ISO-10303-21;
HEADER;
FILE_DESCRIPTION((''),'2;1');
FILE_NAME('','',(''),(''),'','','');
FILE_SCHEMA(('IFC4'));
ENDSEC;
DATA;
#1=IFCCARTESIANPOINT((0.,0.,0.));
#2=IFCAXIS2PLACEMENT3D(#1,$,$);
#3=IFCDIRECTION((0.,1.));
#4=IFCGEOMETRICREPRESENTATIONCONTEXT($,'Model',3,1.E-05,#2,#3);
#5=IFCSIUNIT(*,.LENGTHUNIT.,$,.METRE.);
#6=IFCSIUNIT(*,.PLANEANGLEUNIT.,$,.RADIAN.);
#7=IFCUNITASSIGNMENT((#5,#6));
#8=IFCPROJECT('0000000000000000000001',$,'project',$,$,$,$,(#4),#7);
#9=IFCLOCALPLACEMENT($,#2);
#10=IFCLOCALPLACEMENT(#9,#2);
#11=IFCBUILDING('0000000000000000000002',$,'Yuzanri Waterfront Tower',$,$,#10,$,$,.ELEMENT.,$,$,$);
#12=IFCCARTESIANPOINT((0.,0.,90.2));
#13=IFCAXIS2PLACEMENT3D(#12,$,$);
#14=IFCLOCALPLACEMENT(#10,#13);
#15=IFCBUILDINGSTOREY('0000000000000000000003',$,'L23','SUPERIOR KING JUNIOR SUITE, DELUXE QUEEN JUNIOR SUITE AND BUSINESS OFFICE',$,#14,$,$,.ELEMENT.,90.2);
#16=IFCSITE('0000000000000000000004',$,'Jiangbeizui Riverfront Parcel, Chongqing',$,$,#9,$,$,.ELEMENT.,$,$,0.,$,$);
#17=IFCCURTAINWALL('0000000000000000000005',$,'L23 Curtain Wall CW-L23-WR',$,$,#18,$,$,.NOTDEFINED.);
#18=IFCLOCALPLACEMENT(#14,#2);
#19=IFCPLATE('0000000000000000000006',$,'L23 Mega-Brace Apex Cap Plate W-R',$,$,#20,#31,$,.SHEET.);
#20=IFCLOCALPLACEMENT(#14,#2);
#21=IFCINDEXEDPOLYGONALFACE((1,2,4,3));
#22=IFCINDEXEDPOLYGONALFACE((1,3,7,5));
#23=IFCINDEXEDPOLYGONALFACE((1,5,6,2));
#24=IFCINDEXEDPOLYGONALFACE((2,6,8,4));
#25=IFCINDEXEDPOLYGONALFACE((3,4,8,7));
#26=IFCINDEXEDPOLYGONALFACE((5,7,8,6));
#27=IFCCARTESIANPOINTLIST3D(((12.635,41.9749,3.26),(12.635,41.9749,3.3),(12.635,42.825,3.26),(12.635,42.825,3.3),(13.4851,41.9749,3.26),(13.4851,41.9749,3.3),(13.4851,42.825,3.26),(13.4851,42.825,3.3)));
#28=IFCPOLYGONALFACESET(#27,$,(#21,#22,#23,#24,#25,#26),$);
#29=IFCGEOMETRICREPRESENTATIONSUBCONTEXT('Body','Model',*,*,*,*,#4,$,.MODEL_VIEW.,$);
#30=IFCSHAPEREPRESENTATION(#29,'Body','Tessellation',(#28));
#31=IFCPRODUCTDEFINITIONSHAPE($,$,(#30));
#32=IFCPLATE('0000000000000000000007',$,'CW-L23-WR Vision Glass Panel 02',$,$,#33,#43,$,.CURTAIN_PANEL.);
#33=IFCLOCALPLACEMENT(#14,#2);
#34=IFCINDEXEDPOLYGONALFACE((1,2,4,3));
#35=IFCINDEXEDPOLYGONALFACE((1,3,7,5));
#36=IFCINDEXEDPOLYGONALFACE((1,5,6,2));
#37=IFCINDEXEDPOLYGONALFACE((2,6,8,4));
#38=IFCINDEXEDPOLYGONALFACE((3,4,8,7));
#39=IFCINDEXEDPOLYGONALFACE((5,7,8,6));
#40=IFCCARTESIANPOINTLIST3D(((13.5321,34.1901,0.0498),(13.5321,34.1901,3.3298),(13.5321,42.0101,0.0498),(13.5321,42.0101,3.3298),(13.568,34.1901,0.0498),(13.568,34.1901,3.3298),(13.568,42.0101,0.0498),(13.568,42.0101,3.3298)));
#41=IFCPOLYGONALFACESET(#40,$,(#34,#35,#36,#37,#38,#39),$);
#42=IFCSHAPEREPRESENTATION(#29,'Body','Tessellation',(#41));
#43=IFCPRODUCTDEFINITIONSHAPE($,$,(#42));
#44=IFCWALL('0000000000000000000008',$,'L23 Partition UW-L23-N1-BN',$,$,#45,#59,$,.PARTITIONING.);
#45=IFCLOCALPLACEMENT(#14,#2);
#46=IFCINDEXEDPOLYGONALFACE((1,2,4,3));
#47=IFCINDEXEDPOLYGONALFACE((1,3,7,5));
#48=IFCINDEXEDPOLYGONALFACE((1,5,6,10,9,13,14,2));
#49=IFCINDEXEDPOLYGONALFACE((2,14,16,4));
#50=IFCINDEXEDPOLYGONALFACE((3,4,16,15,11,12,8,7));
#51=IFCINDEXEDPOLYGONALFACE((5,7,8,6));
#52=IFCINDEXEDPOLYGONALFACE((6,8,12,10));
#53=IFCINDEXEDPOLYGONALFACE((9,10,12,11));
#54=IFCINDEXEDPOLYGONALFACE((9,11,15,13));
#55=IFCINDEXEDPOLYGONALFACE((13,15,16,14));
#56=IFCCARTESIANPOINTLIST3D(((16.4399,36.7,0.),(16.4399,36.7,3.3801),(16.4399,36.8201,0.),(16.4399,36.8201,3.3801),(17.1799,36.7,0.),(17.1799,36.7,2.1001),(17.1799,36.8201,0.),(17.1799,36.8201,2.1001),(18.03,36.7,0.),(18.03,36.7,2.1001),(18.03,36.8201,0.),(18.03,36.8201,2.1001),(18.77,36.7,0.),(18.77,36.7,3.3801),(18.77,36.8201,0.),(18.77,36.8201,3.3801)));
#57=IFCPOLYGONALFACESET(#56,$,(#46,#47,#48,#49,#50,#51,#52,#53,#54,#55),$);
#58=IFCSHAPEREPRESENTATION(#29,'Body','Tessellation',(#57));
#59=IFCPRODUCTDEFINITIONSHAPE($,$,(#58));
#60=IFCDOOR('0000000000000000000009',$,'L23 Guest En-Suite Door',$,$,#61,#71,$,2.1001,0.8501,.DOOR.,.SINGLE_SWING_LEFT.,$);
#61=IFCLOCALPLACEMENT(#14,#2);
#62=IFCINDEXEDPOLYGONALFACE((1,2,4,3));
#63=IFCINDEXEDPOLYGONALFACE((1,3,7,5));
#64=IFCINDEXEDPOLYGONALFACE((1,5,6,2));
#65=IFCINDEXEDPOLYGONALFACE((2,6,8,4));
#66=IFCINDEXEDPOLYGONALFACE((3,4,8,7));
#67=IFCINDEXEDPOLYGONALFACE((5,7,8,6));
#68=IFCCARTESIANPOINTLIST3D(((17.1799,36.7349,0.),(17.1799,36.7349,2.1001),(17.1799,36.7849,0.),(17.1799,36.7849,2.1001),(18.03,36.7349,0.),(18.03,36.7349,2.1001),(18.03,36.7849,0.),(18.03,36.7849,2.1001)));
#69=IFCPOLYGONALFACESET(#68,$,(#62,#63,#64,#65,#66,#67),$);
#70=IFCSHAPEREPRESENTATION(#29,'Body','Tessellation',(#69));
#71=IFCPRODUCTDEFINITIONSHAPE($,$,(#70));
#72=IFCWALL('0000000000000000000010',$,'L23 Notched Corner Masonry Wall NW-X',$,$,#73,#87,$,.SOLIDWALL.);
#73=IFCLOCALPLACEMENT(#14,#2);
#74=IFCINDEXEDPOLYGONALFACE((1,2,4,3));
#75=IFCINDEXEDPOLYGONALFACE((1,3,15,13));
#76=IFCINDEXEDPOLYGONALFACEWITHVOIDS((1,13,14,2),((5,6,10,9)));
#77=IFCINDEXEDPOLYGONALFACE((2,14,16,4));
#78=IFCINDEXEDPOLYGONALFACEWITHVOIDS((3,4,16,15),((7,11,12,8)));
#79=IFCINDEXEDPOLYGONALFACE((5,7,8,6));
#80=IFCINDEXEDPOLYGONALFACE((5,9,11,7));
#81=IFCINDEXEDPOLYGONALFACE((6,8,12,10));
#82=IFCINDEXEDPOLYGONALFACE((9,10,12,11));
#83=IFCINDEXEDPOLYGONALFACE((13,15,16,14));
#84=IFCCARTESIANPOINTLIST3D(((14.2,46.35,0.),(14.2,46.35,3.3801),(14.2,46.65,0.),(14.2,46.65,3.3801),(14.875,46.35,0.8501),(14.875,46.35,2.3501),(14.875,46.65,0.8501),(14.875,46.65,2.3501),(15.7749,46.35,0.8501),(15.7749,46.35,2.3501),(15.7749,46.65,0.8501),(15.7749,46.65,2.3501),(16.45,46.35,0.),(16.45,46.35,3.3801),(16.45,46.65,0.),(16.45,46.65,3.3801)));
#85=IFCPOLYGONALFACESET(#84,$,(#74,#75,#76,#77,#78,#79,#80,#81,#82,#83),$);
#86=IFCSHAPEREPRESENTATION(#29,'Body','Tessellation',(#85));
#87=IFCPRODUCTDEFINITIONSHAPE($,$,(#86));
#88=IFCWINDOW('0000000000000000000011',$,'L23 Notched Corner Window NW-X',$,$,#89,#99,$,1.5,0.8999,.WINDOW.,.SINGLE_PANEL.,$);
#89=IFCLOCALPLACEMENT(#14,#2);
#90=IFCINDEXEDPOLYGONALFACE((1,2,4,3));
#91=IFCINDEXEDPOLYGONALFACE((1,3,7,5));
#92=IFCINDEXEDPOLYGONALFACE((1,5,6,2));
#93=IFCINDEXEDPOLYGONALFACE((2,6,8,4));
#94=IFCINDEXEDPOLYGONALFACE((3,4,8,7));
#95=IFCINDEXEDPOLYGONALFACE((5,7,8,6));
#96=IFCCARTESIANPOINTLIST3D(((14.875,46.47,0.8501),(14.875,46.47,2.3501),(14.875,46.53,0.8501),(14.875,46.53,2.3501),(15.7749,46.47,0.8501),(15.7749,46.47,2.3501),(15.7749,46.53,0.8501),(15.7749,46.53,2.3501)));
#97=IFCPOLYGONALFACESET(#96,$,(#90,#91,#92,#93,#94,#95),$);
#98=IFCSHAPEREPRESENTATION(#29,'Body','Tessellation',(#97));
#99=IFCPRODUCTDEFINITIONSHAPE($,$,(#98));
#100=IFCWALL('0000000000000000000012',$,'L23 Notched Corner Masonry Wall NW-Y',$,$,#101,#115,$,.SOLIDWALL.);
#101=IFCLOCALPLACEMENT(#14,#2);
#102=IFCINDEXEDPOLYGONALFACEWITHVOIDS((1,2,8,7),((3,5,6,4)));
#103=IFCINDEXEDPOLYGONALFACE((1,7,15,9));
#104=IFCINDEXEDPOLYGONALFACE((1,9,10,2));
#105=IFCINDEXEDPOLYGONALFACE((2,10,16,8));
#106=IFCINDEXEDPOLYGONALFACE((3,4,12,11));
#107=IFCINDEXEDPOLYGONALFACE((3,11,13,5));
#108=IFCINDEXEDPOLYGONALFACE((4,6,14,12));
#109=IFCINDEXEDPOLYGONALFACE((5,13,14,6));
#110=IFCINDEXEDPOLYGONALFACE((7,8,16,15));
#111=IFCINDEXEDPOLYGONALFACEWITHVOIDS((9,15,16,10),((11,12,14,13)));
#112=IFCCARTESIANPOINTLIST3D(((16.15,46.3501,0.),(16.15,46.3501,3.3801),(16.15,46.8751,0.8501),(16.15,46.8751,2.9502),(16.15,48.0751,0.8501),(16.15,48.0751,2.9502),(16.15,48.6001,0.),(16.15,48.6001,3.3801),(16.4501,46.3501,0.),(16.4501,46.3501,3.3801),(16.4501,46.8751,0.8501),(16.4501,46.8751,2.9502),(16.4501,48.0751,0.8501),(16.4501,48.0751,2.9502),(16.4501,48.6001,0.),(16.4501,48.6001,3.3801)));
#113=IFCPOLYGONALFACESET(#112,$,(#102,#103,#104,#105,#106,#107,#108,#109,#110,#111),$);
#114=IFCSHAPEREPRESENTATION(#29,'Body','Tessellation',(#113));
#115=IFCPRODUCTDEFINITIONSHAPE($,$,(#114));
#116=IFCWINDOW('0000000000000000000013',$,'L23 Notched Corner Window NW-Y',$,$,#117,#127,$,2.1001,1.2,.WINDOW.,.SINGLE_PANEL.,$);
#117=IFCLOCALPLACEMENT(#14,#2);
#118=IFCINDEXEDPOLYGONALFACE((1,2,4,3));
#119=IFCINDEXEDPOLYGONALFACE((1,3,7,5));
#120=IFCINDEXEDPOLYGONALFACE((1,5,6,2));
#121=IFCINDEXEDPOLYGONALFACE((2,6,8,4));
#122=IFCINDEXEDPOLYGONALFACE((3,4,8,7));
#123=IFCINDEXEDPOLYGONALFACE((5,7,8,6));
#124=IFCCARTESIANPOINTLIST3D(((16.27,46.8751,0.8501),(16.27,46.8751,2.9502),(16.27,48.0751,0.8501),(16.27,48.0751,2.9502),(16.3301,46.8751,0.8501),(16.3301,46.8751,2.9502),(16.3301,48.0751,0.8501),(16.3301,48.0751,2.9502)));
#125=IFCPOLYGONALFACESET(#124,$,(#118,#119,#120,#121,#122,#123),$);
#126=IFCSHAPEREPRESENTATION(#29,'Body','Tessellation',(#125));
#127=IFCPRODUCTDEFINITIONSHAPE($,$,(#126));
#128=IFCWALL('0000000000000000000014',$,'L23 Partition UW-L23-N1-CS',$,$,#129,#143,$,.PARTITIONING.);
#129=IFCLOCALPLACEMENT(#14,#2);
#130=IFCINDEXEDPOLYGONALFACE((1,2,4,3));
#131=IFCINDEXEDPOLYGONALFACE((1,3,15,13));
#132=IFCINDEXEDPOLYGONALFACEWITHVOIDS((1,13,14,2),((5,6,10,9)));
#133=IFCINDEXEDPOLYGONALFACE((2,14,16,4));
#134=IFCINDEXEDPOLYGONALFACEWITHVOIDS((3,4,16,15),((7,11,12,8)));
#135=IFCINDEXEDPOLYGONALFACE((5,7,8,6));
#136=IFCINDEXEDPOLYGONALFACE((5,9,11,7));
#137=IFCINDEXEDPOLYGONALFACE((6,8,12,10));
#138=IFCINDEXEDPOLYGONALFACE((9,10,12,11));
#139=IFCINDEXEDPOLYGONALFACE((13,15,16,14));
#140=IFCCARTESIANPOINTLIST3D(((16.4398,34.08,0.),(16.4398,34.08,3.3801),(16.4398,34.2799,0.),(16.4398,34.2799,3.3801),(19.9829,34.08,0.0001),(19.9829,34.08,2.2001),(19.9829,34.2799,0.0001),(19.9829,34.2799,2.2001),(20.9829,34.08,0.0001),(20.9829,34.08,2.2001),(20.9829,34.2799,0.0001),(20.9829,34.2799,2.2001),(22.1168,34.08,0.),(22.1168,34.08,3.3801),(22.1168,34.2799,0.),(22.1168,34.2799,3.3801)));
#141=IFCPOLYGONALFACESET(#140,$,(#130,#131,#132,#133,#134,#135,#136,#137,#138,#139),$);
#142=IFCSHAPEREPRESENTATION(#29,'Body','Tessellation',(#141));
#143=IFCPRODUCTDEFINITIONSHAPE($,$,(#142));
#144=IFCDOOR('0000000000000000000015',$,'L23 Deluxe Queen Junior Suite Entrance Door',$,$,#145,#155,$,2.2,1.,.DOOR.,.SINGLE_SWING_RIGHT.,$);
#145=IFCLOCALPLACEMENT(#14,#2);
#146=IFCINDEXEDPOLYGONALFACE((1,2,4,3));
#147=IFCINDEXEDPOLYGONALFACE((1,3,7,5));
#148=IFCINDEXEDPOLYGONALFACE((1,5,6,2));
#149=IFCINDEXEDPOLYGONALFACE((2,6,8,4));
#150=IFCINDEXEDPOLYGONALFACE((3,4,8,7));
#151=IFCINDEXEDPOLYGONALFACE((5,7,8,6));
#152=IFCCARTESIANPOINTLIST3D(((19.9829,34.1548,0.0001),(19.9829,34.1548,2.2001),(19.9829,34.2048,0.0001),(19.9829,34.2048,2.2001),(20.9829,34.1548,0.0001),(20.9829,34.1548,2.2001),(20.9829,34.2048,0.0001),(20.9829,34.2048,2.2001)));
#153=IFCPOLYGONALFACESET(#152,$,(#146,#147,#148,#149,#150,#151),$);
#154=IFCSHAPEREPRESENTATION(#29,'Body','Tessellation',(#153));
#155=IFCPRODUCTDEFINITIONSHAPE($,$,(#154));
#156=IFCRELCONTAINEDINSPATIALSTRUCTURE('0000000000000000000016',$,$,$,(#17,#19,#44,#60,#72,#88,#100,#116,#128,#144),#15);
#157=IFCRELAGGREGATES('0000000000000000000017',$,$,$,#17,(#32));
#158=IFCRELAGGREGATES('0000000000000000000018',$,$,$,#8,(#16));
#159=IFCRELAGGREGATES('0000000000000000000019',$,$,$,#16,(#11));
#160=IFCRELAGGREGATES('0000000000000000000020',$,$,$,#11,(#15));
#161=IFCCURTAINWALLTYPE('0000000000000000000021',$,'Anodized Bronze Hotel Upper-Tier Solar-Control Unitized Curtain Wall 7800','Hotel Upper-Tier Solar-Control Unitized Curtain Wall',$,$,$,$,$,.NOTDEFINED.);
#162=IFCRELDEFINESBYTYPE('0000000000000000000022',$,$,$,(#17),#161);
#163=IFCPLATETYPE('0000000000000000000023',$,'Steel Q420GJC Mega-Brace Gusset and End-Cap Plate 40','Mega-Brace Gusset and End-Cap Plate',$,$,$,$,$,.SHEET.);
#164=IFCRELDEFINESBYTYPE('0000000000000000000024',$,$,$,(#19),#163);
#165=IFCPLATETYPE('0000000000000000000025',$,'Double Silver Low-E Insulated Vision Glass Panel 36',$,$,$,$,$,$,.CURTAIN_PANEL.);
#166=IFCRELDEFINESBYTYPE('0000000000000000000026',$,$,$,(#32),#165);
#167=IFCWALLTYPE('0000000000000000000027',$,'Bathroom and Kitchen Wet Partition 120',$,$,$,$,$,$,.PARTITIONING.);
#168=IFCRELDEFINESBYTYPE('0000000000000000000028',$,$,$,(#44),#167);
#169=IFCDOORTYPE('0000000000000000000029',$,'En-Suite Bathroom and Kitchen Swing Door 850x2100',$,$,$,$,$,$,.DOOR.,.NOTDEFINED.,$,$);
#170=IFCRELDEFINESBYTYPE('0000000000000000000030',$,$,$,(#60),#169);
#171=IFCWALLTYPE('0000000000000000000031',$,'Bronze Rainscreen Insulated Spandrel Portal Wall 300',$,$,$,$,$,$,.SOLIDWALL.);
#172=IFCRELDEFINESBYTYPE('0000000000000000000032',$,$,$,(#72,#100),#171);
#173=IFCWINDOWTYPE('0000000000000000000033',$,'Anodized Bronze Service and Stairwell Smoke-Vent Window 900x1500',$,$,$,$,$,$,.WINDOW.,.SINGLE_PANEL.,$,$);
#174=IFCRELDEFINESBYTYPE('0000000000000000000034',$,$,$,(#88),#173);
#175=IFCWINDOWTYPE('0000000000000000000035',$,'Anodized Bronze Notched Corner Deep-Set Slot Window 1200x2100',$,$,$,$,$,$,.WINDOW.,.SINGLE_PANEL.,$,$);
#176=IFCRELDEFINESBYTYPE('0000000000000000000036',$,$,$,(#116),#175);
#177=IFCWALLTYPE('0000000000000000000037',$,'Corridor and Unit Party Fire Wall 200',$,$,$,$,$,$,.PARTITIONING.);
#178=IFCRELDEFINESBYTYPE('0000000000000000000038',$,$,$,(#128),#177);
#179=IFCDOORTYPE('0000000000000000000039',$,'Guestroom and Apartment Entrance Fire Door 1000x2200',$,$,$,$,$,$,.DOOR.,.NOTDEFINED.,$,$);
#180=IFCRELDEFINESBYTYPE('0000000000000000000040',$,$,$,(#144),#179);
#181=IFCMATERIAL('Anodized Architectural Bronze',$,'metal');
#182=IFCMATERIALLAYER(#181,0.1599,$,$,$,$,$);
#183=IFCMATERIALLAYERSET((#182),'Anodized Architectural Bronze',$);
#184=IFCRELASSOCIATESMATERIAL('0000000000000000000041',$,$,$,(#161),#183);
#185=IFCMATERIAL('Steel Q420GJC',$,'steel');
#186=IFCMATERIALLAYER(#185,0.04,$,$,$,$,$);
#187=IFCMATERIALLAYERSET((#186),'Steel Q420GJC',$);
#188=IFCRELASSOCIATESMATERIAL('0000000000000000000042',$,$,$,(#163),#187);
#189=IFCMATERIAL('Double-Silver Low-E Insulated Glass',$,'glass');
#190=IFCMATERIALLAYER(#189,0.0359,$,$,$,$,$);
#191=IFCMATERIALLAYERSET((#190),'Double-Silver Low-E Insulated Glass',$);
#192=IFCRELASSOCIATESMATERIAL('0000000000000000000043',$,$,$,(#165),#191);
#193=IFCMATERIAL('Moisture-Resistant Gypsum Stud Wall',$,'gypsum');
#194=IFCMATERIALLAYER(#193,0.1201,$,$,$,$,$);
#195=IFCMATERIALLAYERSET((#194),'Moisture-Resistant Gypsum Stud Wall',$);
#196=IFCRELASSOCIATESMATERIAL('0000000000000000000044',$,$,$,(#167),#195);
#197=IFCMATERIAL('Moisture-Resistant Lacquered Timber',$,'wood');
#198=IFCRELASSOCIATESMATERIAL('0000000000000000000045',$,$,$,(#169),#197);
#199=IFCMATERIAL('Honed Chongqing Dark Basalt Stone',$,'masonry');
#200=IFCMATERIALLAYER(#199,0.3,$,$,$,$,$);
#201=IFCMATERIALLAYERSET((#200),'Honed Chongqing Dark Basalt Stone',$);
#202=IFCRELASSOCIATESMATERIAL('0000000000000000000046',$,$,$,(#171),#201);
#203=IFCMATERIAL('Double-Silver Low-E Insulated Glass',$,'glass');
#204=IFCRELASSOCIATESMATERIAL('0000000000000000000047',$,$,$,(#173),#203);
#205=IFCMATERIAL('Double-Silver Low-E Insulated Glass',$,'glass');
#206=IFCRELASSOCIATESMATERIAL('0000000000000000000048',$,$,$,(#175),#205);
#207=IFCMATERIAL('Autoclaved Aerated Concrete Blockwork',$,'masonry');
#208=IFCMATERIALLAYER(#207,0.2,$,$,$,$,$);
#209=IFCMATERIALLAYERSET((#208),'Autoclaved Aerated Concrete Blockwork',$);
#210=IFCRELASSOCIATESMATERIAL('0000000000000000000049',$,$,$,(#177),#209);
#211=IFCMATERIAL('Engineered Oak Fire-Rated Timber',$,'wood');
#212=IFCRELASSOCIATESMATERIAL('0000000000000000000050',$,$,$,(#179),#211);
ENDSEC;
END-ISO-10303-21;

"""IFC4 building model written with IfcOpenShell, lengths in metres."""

from ifc_helpers import new_model, si_unit, direction, frame, frame_2d, origin, origin_2d, place, context, subcontext, project, spatial, rectangle, extrude, source, transform, mapped, material, layer, layer_set, type_object, element, fill, aggregate, save


model = new_model("IFC4")

# Units and contexts
model_context = context("Model", 3, precision=1e-05, world=origin(), true_north=direction((0.0, 1.0)))
body_context = subcontext(model_context, "Body", "Model", "MODEL_VIEW")
ifc_project = project(units=[si_unit("LENGTHUNIT", "METRE"), si_unit("PLANEANGLEUNIT", "RADIAN")], contexts=[model_context])

# Site, building, storey
site_placement = place(None, origin())
site = spatial("IfcSite", under=ifc_project, at=site_placement, Name="Jiangbeizui Riverfront Parcel, Chongqing", CompositionType="ELEMENT", RefElevation=0.0)
building_placement = place(site_placement, origin())
building = spatial("IfcBuilding", under=site, at=building_placement, Name="Yuzanri Waterfront Tower", CompositionType="ELEMENT")
storey_placement = place(building_placement, frame((0.0, 0.0, 90.2)))
storey = spatial("IfcBuildingStorey", under=building, at=storey_placement, Name="L23", Description="SUPERIOR KING JUNIOR SUITE, DELUXE QUEEN JUNIOR SUITE AND BUSINESS OFFICE", CompositionType="ELEMENT", Elevation=90.2)

# Curtain wall
ifc_material_1 = material(Name="Anodized Architectural Bronze", Category="metal")
ifc_layer_1 = layer(ifc_material_1, 0.1599)
ifc_layer_set_1 = layer_set([ifc_layer_1], Name="Anodized Architectural Bronze")
curtain_wall_type = type_object("IfcCurtainWallType", Name="Anodized Bronze Hotel Upper-Tier Solar-Control Unitized Curtain Wall 7800", Description="Hotel Upper-Tier Solar-Control Unitized Curtain Wall", PredefinedType="NOTDEFINED", material=ifc_layer_set_1)
curtain_wall_1_placement = place(storey_placement, origin())
curtain_wall_1 = element("IfcCurtainWall", 1, at=curtain_wall_1_placement, inside=storey, type_object=curtain_wall_type, Name="L23 Curtain Wall CW-L23-WR", PredefinedType="NOTDEFINED")

# Plate
ifc_material_2 = material(Name="Steel Q420GJC", Category="steel")
ifc_layer_2 = layer(ifc_material_2, 0.04)
ifc_layer_set_2 = layer_set([ifc_layer_2], Name="Steel Q420GJC")
plate_type_1 = type_object("IfcPlateType", Name="Steel Q420GJC Mega-Brace Gusset and End-Cap Plate 40", Description="Mega-Brace Gusset and End-Cap Plate", PredefinedType="SHEET", material=ifc_layer_set_2)
shared_shape_1 = source(origin(), body_context, "Body", "SweptSolid", [
    extrude(rectangle(XDim=0.8501, YDim=0.8501, at=origin_2d()), origin(), (0.0, 0.0, 1.0), 0.04),
])
for number, where, z_axis, x_axis, name in (
    (2, (13.0601, 42.3999, 3.26), (0.0, 0.0, 1.0), (1.0, 0.0, 0.0), "L23 Mega-Brace Apex Cap Plate W-R"),
):
    element("IfcPlate", number, at=place(storey_placement, frame(where, z_axis=z_axis, x_axis=x_axis)), inside=storey, type_object=plate_type_1, Name=name, PredefinedType="SHEET", context=body_context, shape_type="MappedRepresentation", body=[
        mapped(shared_shape_1, transform((0.0, 0.0, 0.0), scale=1.0)),
    ])

# Plate
ifc_material_3 = material(Name="Double-Silver Low-E Insulated Glass", Category="glass")
ifc_layer_3 = layer(ifc_material_3, 0.0359)
ifc_layer_set_3 = layer_set([ifc_layer_3], Name="Double-Silver Low-E Insulated Glass")
plate_type_2 = type_object("IfcPlateType", Name="Double Silver Low-E Insulated Vision Glass Panel 36", PredefinedType="CURTAIN_PANEL", material=ifc_layer_set_3)
shared_shape_2 = source(origin(), body_context, "Body", "SweptSolid", [
    extrude(rectangle(XDim=7.8201, YDim=0.0359, at=origin_2d()), origin(), (0.0, 0.0, 1.0), 3.28),
])
plate_placement = place(storey_placement, frame((13.55, 38.1001, 0.0498), z_axis=(0.0, 0.0, 1.0), x_axis=(0.0, 1.0, 0.0)))
plate = element("IfcPlate", 3, at=plate_placement, type_object=plate_type_2, Name="CW-L23-WR Vision Glass Panel 02", PredefinedType="CURTAIN_PANEL", context=body_context, shape_type="MappedRepresentation", body=[
    mapped(shared_shape_2, transform((0.0, 0.0, 0.0), scale=1.0)),
])
aggregate(curtain_wall_1, [plate])

# Wall, opening, door
ifc_material_4 = material(Name="Moisture-Resistant Gypsum Stud Wall", Category="gypsum")
ifc_layer_4 = layer(ifc_material_4, 0.1201)
ifc_layer_set_4 = layer_set([ifc_layer_4], Name="Moisture-Resistant Gypsum Stud Wall")
wall_type_1 = type_object("IfcWallType", Name="Bathroom and Kitchen Wet Partition 120", PredefinedType="PARTITIONING", material=ifc_layer_set_4)
wall_1_placement = place(storey_placement, frame((16.4399, 36.76, 0.0), z_axis=(0.0, 0.0, 1.0), x_axis=(1.0, 0.0, 0.0)))
wall_1 = element("IfcWall", 4, at=wall_1_placement, inside=storey, type_object=wall_type_1, Name="L23 Partition UW-L23-N1-BN", PredefinedType="PARTITIONING", context=body_context, shape_type="SweptSolid", body=[
    extrude(rectangle(XDim=2.3301, YDim=0.1201, at=frame_2d((1.165, 0.0))), origin(), (0.0, 0.0, 1.0), 3.3801),
])
opening_1_placement = place(wall_1_placement, frame((0.74, 0.0, 0.0)))
opening_1 = element("IfcOpeningElement", 5, at=opening_1_placement, cuts=wall_1, PredefinedType="OPENING", context=body_context, shape_type="SweptSolid", body=[
    extrude(rectangle(XDim=0.8501, YDim=2.1001, at=frame_2d((0.425, 1.05))), frame((0.0, 0.075, 0.0), z_axis=(0.0, -1.0, 0.0), x_axis=(1.0, 0.0, 0.0)), (0.0, 0.0, 1.0), 0.1499),
])
ifc_material_5 = material(Name="Moisture-Resistant Lacquered Timber", Category="wood")
door_type_1 = type_object("IfcDoorType", Name="En-Suite Bathroom and Kitchen Swing Door 850x2100", OperationType="NOTDEFINED", PredefinedType="DOOR", material=ifc_material_5)
shared_shape_3 = source(origin(), body_context, "Body", "SweptSolid", [
    extrude(rectangle(XDim=0.8501, YDim=2.1001, at=frame_2d((0.425, 1.05))), frame((0.0, 0.0249, 0.0), z_axis=(0.0, -1.0, 0.0), x_axis=(1.0, 0.0, 0.0)), (0.0, 0.0, 1.0), 0.05),
])
door_1_placement = place(opening_1_placement, origin())
door_1 = element("IfcDoor", 6, at=door_1_placement, inside=storey, type_object=door_type_1, Name="L23 Guest En-Suite Door", OperationType="SINGLE_SWING_LEFT", OverallHeight=2.1001, OverallWidth=0.8501, PredefinedType="DOOR", context=body_context, shape_type="MappedRepresentation", body=[
    mapped(shared_shape_3, transform((0.0, 0.0, 0.0), scale=1.0)),
])
fill(opening_1, door_1)

# Walls, openings, windows
ifc_material_6 = material(Name="Honed Chongqing Dark Basalt Stone", Category="masonry")
ifc_layer_5 = layer(ifc_material_6, 0.3)
ifc_layer_set_5 = layer_set([ifc_layer_5], Name="Honed Chongqing Dark Basalt Stone")
wall_type_2 = type_object("IfcWallType", Name="Bronze Rainscreen Insulated Spandrel Portal Wall 300", PredefinedType="SOLIDWALL", material=ifc_layer_set_5)
wall_2_placement = place(storey_placement, frame((16.45, 46.5, 0.0), z_axis=(0.0, 0.0, 1.0), x_axis=(-1.0, 0.0, 0.0)))
wall_2 = element("IfcWall", 7, at=wall_2_placement, inside=storey, type_object=wall_type_2, Name="L23 Notched Corner Masonry Wall NW-X", PredefinedType="SOLIDWALL", context=body_context, shape_type="SweptSolid", body=[
    extrude(rectangle(XDim=2.25, YDim=0.3, at=frame_2d((1.125, 0.0))), origin(), (0.0, 0.0, 1.0), 3.3801),
])
opening_2_placement = place(wall_2_placement, frame((0.675, 0.0, 0.8501)))
opening_2 = element("IfcOpeningElement", 8, at=opening_2_placement, cuts=wall_2, PredefinedType="OPENING", context=body_context, shape_type="SweptSolid", body=[
    extrude(rectangle(XDim=0.8999, YDim=1.5, at=frame_2d((0.45, 0.75))), frame((0.0, 0.165, 0.0), z_axis=(0.0, -1.0, 0.0), x_axis=(1.0, 0.0, 0.0)), (0.0, 0.0, 1.0), 0.3298),
])
ifc_material_7 = material(Name="Double-Silver Low-E Insulated Glass", Category="glass")
window_type_1 = type_object("IfcWindowType", Name="Anodized Bronze Service and Stairwell Smoke-Vent Window 900x1500", PartitioningType="SINGLE_PANEL", PredefinedType="WINDOW", material=ifc_material_7)
shared_shape_4 = source(origin(), body_context, "Body", "SweptSolid", [
    extrude(rectangle(XDim=0.8999, YDim=1.5, at=frame_2d((0.45, 0.75))), frame((0.0, 0.03, 0.0), z_axis=(0.0, -1.0, 0.0), x_axis=(1.0, 0.0, 0.0)), (0.0, 0.0, 1.0), 0.0601),
])
window_1_placement = place(opening_2_placement, origin())
window_1 = element("IfcWindow", 9, at=window_1_placement, inside=storey, type_object=window_type_1, Name="L23 Notched Corner Window NW-X", OverallHeight=1.5, OverallWidth=0.8999, PartitioningType="SINGLE_PANEL", PredefinedType="WINDOW", context=body_context, shape_type="MappedRepresentation", body=[
    mapped(shared_shape_4, transform((0.0, 0.0, 0.0), scale=1.0)),
])
fill(opening_2, window_1)
wall_3_placement = place(storey_placement, frame((16.3, 48.6001, 0.0), z_axis=(0.0, 0.0, 1.0), x_axis=(0.0, -1.0, 0.0)))
wall_3 = element("IfcWall", 10, at=wall_3_placement, inside=storey, type_object=wall_type_2, Name="L23 Notched Corner Masonry Wall NW-Y", PredefinedType="SOLIDWALL", context=body_context, shape_type="SweptSolid", body=[
    extrude(rectangle(XDim=2.25, YDim=0.3, at=frame_2d((1.125, 0.0))), origin(), (0.0, 0.0, 1.0), 3.3801),
])
opening_3_placement = place(wall_3_placement, frame((0.5249, 0.0, 0.8501)))
opening_3 = element("IfcOpeningElement", 11, at=opening_3_placement, cuts=wall_3, PredefinedType="OPENING", context=body_context, shape_type="SweptSolid", body=[
    extrude(rectangle(XDim=1.2, YDim=2.1001, at=frame_2d((0.6001, 1.05))), frame((0.0, 0.165, 0.0), z_axis=(0.0, -1.0, 0.0), x_axis=(1.0, 0.0, 0.0)), (0.0, 0.0, 1.0), 0.3298),
])
ifc_material_8 = material(Name="Double-Silver Low-E Insulated Glass", Category="glass")
window_type_2 = type_object("IfcWindowType", Name="Anodized Bronze Notched Corner Deep-Set Slot Window 1200x2100", PartitioningType="SINGLE_PANEL", PredefinedType="WINDOW", material=ifc_material_8)
shared_shape_5 = source(origin(), body_context, "Body", "SweptSolid", [
    extrude(rectangle(XDim=1.2, YDim=2.1001, at=frame_2d((0.6001, 1.05))), frame((0.0, 0.03, 0.0), z_axis=(0.0, -1.0, 0.0), x_axis=(1.0, 0.0, 0.0)), (0.0, 0.0, 1.0), 0.0601),
])
window_2_placement = place(opening_3_placement, origin())
window_2 = element("IfcWindow", 12, at=window_2_placement, inside=storey, type_object=window_type_2, Name="L23 Notched Corner Window NW-Y", OverallHeight=2.1001, OverallWidth=1.2, PartitioningType="SINGLE_PANEL", PredefinedType="WINDOW", context=body_context, shape_type="MappedRepresentation", body=[
    mapped(shared_shape_5, transform((0.0, 0.0, 0.0), scale=1.0)),
])
fill(opening_3, window_2)

# Wall, opening, door
ifc_material_9 = material(Name="Autoclaved Aerated Concrete Blockwork", Category="masonry")
ifc_layer_6 = layer(ifc_material_9, 0.2)
ifc_layer_set_6 = layer_set([ifc_layer_6], Name="Autoclaved Aerated Concrete Blockwork")
wall_type_3 = type_object("IfcWallType", Name="Corridor and Unit Party Fire Wall 200", PredefinedType="PARTITIONING", material=ifc_layer_set_6)
wall_4_placement = place(storey_placement, frame((16.4399, 34.1799, 0.0), z_axis=(0.0, 0.0, 1.0), x_axis=(1.0, 0.0, 0.0)))
wall_4 = element("IfcWall", 13, at=wall_4_placement, inside=storey, type_object=wall_type_3, Name="L23 Partition UW-L23-N1-CS", PredefinedType="PARTITIONING", context=body_context, shape_type="SweptSolid", body=[
    extrude(rectangle(XDim=5.677, YDim=0.2, at=frame_2d((2.8384, 0.0))), origin(), (0.0, 0.0, 1.0), 3.3801),
])
opening_4_placement = place(wall_4_placement, frame((3.543, 0.0, 0.0)))
opening_4 = element("IfcOpeningElement", 14, at=opening_4_placement, cuts=wall_4, PredefinedType="OPENING", context=body_context, shape_type="SweptSolid", body=[
    extrude(rectangle(XDim=1.0, YDim=2.2, at=frame_2d((0.5, 1.1001))), frame((0.0, 0.1147, 0.0), z_axis=(0.0, -1.0, 0.0), x_axis=(1.0, 0.0, 0.0)), (0.0, 0.0, 1.0), 0.2297),
])
ifc_material_10 = material(Name="Engineered Oak Fire-Rated Timber", Category="wood")
door_type_2 = type_object("IfcDoorType", Name="Guestroom and Apartment Entrance Fire Door 1000x2200", OperationType="NOTDEFINED", PredefinedType="DOOR", material=ifc_material_10)
shared_shape_6 = source(origin(), body_context, "Body", "SweptSolid", [
    extrude(rectangle(XDim=1.0, YDim=2.2, at=frame_2d((0.5, 1.1001))), frame((0.0, 0.0249, 0.0), z_axis=(0.0, -1.0, 0.0), x_axis=(1.0, 0.0, 0.0)), (0.0, 0.0, 1.0), 0.05),
])
door_2_placement = place(opening_4_placement, origin())
door_2 = element("IfcDoor", 15, at=door_2_placement, inside=storey, type_object=door_type_2, Name="L23 Deluxe Queen Junior Suite Entrance Door", OperationType="SINGLE_SWING_RIGHT", OverallHeight=2.2, OverallWidth=1.0, PredefinedType="DOOR", context=body_context, shape_type="MappedRepresentation", body=[
    mapped(shared_shape_6, transform((0.0, 0.0, 0.0), scale=1.0)),
])
fill(opening_4, door_2)

save(model, "model.ifc")
